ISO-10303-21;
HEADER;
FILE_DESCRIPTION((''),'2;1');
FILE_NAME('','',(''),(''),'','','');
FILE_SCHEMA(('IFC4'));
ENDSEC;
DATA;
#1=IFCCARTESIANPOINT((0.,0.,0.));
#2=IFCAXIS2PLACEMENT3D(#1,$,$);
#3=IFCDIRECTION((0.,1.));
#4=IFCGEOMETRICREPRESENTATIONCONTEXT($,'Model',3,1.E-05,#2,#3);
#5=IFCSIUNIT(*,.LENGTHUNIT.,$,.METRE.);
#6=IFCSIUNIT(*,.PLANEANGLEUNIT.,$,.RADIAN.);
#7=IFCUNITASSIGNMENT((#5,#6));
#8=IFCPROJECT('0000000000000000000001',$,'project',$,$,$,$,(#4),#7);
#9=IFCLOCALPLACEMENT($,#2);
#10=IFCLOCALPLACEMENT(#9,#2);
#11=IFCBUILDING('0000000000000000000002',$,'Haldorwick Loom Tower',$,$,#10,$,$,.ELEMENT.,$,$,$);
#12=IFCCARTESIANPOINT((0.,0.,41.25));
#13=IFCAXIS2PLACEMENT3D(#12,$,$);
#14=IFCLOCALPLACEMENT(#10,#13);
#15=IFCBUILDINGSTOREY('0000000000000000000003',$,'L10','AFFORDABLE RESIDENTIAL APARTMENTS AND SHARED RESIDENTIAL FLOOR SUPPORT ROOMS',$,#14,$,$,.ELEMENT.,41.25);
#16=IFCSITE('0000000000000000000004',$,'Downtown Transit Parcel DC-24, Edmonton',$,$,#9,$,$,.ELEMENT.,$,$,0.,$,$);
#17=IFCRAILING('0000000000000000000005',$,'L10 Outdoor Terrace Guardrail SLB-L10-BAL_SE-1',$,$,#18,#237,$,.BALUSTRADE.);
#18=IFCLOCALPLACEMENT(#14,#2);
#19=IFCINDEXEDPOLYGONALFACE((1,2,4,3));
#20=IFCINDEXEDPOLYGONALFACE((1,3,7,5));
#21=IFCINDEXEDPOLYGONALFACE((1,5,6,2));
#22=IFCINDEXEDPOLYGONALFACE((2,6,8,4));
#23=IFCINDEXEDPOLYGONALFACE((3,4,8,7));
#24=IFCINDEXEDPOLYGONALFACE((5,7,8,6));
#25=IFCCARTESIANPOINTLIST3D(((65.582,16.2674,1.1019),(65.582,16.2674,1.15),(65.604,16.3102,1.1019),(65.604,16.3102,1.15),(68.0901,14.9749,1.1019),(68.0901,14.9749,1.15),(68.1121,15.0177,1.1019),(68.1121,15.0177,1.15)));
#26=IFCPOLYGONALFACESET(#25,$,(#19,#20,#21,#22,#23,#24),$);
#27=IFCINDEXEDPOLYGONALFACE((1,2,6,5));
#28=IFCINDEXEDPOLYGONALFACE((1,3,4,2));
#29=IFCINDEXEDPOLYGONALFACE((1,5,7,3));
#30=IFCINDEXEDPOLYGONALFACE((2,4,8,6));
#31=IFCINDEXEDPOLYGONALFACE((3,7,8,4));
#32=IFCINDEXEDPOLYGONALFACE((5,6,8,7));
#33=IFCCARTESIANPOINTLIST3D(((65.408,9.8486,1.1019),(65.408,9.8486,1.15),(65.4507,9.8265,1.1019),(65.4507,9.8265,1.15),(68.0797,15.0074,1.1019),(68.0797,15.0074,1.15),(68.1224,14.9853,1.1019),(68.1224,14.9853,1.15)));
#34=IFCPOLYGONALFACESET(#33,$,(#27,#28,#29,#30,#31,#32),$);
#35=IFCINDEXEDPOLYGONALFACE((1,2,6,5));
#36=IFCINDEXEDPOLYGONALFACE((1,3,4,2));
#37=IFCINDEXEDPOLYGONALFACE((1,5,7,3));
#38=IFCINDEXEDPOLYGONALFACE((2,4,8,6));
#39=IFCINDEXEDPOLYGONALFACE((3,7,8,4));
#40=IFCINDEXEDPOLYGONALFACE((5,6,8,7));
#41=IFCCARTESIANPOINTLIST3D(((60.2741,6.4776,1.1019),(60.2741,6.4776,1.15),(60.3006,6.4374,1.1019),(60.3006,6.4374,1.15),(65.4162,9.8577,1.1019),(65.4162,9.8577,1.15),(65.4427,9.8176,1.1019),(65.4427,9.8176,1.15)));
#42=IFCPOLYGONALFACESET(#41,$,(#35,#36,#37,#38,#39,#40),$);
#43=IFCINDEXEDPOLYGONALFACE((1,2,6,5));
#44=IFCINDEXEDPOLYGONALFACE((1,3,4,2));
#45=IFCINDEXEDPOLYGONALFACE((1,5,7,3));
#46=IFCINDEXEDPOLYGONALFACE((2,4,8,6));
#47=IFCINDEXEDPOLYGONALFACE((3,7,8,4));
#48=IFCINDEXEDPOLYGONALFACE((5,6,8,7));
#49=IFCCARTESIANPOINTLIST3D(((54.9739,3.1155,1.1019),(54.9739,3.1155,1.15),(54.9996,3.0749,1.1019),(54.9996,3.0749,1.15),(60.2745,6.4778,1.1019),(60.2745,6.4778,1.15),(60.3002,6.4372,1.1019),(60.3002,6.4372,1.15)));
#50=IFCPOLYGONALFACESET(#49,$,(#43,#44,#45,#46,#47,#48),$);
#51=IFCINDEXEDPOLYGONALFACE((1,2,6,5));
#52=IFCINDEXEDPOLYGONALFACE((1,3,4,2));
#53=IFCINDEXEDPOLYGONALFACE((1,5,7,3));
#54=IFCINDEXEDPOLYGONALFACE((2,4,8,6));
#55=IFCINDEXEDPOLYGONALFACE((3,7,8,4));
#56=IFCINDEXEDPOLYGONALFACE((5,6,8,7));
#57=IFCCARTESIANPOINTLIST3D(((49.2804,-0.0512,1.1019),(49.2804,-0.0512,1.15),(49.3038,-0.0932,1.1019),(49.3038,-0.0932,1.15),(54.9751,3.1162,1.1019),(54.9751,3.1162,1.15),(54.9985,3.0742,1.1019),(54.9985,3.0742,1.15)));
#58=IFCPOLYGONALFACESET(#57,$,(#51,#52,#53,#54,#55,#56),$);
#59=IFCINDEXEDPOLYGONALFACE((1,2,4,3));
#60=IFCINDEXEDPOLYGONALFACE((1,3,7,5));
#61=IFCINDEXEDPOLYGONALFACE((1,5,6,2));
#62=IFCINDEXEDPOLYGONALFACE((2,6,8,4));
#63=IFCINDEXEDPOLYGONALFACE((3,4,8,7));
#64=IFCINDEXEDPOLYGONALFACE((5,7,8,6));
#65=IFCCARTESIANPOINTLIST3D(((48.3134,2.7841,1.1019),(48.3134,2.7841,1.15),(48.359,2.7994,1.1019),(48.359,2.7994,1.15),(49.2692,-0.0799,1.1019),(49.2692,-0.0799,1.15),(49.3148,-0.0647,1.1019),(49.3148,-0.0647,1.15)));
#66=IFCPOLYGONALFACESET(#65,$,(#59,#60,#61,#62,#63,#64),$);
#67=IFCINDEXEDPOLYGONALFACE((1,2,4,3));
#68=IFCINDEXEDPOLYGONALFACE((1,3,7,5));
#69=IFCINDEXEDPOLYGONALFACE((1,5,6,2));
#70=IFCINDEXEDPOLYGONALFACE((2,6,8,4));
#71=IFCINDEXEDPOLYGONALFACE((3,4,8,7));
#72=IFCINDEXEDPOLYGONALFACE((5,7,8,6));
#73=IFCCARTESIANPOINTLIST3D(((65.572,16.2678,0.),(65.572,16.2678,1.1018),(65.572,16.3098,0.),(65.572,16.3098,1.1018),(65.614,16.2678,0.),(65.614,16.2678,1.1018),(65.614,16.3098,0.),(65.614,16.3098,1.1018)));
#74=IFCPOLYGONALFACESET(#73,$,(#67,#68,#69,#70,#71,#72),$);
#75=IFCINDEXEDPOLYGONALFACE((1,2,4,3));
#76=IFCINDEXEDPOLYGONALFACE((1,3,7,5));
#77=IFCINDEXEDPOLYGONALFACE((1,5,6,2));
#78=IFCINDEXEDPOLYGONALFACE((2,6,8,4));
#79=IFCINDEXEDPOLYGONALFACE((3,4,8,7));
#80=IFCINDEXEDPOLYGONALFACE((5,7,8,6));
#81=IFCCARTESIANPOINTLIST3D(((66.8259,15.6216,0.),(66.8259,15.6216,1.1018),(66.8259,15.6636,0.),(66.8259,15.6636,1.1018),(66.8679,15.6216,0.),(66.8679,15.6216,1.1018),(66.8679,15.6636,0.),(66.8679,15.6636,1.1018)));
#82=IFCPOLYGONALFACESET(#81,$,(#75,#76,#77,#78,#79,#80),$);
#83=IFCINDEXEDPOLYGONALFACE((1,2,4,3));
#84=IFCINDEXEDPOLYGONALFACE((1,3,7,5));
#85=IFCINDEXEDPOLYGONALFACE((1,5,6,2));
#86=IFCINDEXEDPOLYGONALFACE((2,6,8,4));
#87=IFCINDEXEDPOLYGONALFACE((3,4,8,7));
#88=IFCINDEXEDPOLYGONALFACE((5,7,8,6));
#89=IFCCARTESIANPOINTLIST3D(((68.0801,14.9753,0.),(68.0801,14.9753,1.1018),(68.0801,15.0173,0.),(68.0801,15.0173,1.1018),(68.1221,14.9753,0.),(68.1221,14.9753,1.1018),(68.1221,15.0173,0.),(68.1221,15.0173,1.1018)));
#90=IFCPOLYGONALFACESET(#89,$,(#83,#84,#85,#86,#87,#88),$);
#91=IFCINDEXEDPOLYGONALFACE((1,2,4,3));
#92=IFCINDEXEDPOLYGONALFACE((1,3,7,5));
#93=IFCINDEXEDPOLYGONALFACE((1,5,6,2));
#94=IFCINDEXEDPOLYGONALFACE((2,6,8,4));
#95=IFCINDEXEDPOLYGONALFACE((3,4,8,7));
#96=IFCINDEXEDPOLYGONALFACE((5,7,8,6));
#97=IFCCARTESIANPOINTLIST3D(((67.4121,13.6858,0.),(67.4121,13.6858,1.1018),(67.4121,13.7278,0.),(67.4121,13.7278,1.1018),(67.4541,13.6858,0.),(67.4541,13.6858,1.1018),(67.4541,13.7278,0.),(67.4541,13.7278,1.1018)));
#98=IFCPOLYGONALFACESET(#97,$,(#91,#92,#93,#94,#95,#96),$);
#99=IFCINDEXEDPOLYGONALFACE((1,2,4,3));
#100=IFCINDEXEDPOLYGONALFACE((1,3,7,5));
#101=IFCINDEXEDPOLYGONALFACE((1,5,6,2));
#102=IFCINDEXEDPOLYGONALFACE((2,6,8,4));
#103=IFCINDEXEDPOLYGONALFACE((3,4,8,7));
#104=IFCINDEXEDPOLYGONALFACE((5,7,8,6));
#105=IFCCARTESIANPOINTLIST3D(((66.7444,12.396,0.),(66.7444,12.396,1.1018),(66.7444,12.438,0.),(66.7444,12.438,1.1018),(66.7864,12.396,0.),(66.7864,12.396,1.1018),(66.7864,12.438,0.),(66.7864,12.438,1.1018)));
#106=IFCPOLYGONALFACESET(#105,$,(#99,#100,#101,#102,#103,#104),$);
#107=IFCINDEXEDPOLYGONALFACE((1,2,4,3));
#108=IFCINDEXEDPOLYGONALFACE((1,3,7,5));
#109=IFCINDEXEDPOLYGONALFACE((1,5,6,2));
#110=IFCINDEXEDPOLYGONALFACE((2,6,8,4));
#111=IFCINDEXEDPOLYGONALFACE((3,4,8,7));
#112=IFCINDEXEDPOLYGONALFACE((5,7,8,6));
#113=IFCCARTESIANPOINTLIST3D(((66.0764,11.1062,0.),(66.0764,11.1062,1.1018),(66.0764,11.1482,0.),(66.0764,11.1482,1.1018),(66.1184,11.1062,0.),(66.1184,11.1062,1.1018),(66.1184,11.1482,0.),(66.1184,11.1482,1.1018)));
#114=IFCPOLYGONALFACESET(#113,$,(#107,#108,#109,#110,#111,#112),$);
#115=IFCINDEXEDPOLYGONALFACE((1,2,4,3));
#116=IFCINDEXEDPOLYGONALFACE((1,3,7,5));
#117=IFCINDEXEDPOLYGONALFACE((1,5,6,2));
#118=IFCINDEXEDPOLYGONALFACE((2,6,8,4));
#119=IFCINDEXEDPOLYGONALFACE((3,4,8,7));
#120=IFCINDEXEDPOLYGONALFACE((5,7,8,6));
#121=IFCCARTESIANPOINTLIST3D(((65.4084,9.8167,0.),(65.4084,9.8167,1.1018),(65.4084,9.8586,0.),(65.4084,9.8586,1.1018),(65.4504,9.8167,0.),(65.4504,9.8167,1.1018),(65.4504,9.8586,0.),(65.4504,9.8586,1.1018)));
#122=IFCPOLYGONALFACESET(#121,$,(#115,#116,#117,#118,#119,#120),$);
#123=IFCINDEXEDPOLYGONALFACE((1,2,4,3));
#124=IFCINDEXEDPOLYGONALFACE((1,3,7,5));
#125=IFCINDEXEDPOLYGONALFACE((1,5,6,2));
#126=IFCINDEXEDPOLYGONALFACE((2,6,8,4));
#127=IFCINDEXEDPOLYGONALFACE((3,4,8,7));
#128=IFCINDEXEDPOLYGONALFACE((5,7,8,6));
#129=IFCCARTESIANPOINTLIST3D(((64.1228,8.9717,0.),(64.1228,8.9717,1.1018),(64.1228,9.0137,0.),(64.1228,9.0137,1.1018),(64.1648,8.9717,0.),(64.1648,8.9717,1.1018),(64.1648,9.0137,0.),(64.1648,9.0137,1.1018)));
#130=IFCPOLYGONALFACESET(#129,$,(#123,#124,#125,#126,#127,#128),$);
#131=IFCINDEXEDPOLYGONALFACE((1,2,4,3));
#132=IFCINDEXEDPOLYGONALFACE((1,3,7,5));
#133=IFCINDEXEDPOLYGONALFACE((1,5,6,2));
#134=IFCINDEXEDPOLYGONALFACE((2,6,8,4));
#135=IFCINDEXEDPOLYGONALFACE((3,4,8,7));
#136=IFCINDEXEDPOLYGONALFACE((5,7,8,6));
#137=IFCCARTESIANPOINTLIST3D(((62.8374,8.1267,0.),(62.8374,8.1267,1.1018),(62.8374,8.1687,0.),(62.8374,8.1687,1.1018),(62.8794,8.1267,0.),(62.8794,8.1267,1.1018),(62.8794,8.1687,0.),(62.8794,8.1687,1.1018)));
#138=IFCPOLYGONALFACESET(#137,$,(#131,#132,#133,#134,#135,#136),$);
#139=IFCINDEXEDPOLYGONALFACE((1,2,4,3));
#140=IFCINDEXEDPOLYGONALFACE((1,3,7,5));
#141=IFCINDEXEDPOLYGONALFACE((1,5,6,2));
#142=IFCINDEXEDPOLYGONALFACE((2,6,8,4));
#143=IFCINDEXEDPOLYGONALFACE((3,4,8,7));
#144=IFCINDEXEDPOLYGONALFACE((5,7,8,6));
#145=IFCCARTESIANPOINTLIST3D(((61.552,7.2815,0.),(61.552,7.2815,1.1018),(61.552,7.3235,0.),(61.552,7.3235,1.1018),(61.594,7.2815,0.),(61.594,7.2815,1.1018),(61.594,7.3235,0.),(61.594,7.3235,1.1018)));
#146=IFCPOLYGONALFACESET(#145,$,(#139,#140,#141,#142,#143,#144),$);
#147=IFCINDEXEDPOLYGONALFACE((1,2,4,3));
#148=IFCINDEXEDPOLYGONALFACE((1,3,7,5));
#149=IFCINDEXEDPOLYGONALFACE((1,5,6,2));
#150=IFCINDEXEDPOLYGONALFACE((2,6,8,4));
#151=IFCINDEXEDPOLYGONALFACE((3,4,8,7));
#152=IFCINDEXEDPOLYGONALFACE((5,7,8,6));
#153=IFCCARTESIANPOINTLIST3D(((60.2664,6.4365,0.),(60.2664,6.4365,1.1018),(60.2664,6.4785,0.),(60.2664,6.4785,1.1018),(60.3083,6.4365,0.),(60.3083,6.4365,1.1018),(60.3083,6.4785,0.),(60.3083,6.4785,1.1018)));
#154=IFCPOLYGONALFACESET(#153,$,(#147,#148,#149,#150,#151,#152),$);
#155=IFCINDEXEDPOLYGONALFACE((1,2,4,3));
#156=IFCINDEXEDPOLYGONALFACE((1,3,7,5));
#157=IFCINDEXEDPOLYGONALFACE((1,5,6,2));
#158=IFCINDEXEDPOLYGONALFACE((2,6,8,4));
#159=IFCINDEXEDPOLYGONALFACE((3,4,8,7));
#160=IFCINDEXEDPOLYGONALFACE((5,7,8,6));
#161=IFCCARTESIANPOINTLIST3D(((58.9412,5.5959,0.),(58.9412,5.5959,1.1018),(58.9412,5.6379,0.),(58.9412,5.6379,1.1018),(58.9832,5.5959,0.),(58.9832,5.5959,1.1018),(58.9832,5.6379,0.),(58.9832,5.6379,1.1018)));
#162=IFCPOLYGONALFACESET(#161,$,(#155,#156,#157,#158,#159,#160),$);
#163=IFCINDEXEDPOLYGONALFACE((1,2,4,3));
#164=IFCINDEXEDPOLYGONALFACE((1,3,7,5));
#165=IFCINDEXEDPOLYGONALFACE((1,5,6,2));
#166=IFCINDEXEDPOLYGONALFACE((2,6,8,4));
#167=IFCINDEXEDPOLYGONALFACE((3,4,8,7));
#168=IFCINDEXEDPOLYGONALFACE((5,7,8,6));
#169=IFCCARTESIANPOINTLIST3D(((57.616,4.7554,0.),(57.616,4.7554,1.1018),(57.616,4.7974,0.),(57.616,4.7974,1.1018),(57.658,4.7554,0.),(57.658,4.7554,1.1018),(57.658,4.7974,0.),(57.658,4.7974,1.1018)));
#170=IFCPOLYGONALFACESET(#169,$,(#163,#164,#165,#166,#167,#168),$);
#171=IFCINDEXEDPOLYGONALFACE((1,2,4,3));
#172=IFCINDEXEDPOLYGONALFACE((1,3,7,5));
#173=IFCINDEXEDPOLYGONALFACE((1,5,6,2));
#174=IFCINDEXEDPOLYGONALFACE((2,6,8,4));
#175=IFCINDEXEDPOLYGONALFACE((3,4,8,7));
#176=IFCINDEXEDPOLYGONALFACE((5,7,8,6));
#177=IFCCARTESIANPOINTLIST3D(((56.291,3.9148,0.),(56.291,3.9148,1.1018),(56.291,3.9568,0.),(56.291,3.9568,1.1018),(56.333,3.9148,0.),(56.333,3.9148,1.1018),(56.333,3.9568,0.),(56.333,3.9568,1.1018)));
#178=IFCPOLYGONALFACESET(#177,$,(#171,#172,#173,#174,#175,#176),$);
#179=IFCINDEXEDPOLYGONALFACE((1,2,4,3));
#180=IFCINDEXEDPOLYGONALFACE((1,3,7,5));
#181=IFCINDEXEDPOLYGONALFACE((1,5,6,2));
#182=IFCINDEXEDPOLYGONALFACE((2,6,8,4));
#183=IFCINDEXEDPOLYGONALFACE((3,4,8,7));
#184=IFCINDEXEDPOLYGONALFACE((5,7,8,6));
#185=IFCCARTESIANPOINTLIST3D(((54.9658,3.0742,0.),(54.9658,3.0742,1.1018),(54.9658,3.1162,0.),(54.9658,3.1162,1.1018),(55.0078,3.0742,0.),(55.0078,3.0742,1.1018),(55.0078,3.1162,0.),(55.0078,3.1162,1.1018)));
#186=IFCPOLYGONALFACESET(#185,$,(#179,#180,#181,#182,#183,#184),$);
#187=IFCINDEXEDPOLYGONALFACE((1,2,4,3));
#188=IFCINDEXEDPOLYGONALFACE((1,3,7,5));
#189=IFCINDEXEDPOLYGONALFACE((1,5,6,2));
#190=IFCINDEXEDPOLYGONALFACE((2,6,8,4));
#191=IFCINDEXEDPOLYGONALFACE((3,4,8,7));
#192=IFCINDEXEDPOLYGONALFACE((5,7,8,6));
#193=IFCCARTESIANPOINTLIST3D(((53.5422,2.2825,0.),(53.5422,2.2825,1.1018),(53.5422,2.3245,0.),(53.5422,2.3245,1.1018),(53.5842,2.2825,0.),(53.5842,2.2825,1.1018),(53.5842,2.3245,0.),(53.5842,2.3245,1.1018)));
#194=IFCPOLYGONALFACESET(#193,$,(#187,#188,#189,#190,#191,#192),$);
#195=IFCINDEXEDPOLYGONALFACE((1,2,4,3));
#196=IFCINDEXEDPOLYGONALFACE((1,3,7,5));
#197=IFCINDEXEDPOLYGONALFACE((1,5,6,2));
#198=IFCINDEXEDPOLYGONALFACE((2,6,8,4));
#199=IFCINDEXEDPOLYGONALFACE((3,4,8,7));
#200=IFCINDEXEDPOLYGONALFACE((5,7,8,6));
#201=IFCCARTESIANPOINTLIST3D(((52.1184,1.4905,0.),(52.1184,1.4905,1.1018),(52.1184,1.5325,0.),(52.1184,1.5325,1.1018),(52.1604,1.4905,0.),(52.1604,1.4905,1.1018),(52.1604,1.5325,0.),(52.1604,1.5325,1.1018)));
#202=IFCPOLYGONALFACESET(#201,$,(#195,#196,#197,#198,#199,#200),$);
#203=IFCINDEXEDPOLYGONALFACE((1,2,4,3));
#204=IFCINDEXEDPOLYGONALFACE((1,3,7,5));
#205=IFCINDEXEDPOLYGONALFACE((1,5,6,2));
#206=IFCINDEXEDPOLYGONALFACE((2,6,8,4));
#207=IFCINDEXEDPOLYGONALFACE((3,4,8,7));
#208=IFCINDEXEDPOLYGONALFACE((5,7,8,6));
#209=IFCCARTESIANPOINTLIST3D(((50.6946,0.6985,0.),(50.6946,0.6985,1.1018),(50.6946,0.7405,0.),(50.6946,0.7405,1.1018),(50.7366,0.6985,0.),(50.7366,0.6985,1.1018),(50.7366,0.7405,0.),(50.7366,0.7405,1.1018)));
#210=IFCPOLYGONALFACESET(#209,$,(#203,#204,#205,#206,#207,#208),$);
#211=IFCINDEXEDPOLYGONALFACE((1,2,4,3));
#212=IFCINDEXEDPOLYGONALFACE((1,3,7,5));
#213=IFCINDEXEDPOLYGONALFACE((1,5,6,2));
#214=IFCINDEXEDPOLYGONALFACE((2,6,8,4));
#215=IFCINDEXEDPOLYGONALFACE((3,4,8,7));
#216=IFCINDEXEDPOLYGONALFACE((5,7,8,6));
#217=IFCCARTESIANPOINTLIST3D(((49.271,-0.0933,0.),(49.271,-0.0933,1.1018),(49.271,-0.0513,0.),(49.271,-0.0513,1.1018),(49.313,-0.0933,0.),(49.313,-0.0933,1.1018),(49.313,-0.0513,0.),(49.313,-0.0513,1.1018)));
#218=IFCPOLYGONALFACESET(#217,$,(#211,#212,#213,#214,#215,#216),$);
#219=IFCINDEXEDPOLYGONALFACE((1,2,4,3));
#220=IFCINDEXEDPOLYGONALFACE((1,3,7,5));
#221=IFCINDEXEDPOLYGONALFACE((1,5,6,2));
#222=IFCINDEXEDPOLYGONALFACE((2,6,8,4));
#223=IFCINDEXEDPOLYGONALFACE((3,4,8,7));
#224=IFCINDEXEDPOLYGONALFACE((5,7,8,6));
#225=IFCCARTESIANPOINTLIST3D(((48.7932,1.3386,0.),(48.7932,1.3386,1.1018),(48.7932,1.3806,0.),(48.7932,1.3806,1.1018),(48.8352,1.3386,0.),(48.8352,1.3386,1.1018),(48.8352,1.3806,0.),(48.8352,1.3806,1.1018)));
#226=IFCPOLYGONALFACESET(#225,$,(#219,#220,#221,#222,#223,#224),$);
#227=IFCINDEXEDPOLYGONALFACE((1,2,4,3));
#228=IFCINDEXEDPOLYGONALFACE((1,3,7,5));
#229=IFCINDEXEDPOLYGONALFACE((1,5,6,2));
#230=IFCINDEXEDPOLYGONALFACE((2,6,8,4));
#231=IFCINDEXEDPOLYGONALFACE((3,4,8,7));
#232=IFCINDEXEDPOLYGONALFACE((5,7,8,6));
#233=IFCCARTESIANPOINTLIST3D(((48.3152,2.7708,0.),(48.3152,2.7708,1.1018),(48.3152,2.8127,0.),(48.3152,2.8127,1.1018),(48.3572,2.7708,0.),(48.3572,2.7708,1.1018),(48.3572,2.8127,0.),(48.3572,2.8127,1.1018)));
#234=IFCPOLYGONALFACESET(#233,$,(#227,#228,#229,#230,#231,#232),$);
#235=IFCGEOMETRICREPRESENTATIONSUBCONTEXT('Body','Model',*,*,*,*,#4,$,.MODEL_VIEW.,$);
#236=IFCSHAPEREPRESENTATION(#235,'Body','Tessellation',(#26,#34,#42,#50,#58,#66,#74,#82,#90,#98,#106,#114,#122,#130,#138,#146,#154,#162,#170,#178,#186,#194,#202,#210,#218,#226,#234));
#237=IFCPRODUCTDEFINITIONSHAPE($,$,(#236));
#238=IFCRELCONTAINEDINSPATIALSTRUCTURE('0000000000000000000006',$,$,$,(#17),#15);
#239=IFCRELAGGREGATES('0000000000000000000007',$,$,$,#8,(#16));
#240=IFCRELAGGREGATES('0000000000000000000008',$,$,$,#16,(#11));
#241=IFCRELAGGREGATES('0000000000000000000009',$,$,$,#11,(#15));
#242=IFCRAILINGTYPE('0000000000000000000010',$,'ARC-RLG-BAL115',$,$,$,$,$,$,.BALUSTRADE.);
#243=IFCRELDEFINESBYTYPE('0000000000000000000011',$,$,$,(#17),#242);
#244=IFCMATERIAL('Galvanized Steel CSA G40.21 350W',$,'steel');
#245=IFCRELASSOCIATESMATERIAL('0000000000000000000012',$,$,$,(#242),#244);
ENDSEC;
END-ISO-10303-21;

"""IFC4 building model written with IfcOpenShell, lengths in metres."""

from ifc_helpers import new_model, si_unit, direction, frame, origin, origin_2d, place, context, subcontext, project, spatial, rectangle, extrude, material, type_object, element, save


model = new_model("IFC4")

# Units and contexts
model_context = context("Model", 3, precision=1e-05, world=origin(), true_north=direction((0.0, 1.0)))
body_context = subcontext(model_context, "Body", "Model", "MODEL_VIEW")
ifc_project = project(units=[si_unit("LENGTHUNIT", "METRE"), si_unit("PLANEANGLEUNIT", "RADIAN")], contexts=[model_context])

# Site, building, storey
site_placement = place(None, origin())
site = spatial("IfcSite", under=ifc_project, at=site_placement, Name="Downtown Transit Parcel DC-24, Edmonton", CompositionType="ELEMENT", RefElevation=0.0)
building_placement = place(site_placement, origin())
building = spatial("IfcBuilding", under=site, at=building_placement, Name="Haldorwick Loom Tower", CompositionType="ELEMENT")
storey_placement = place(building_placement, frame((0.0, 0.0, 41.25)))
storey = spatial("IfcBuildingStorey", under=building, at=storey_placement, Name="L10", Description="AFFORDABLE RESIDENTIAL APARTMENTS AND SHARED RESIDENTIAL FLOOR SUPPORT ROOMS", CompositionType="ELEMENT", Elevation=41.25)

# Railing
ifc_material_1 = material(Name="Galvanized Steel CSA G40.21 350W", Category="steel")
railing_type = type_object("IfcRailingType", Name="ARC-RLG-BAL115", PredefinedType="BALUSTRADE", material=ifc_material_1)
railing_placement = place(storey_placement, frame((65.593, 16.2888, 0.0)))
element("IfcRailing", 1, at=railing_placement, inside=storey, type_object=railing_type, Name="L10 Outdoor Terrace Guardrail SLB-L10-BAL_SE-1", PredefinedType="BALUSTRADE", context=body_context, shape_type="SweptSolid", body=[
    extrude(rectangle(XDim=0.0481, YDim=0.0481, at=origin_2d()), frame((0.0, 0.0, 1.126), z_axis=(0.888909, -0.458083, 0.0), x_axis=(0.458083, 0.888909, 0.0)), (0.0, 0.0, 1.0), 2.8215),
    extrude(rectangle(XDim=0.0481, YDim=0.0481, at=origin_2d()), frame((2.5081, -1.2925, 1.126), z_axis=(-0.459877, -0.887983, 0.0), x_axis=(0.887983, -0.459877, 0.0)), (0.0, 0.0, 1.0), 5.8096),
    extrude(rectangle(XDim=0.0481, YDim=0.0481, at=origin_2d()), frame((-0.1636, -6.4512, 1.126), z_axis=(-0.835628, -0.549296, 0.0), x_axis=(0.549296, -0.835628, 0.0)), (0.0, 0.0, 1.0), 6.1536),
    extrude(rectangle(XDim=0.0481, YDim=0.0481, at=origin_2d()), frame((-5.3057, -9.8313, 1.126), z_axis=(-0.844437, -0.535654, 0.0), x_axis=(0.535654, -0.844437, 0.0)), (0.0, 0.0, 1.0), 6.2771),
    extrude(rectangle(XDim=0.0481, YDim=0.0481, at=origin_2d()), frame((-10.6062, -13.1936, 1.126), z_axis=(-0.873917, -0.486075, 0.0), x_axis=(0.486075, -0.873917, 0.0)), (0.0, 0.0, 1.0), 6.5164),
    extrude(rectangle(XDim=0.0481, YDim=0.0481, at=origin_2d()), frame((-16.301, -16.3611, 1.126), z_axis=(-0.316567, 0.94857, 0.0), x_axis=(-0.94857, -0.316567, 0.0)), (0.0, 0.0, 1.0), 3.0193),
    extrude(rectangle(XDim=0.042, YDim=0.042, at=origin_2d()), origin(), (0.0, 0.0, 1.0), 1.1018),
    extrude(rectangle(XDim=0.042, YDim=0.042, at=origin_2d()), frame((1.2539, -0.6462, 0.0)), (0.0, 0.0, 1.0), 1.1018),
    extrude(rectangle(XDim=0.042, YDim=0.042, at=origin_2d()), frame((2.5081, -1.2925, 0.0)), (0.0, 0.0, 1.0), 1.1018),
    extrude(rectangle(XDim=0.042, YDim=0.042, at=origin_2d()), frame((1.8401, -2.582, 0.0)), (0.0, 0.0, 1.0), 1.1018),
    extrude(rectangle(XDim=0.042, YDim=0.042, at=origin_2d()), frame((1.1724, -3.8718, 0.0)), (0.0, 0.0, 1.0), 1.1018),
    extrude(rectangle(XDim=0.042, YDim=0.042, at=origin_2d()), frame((0.5044, -5.1616, 0.0)), (0.0, 0.0, 1.0), 1.1018),
    extrude(rectangle(XDim=0.042, YDim=0.042, at=origin_2d()), frame((-0.1636, -6.4512, 0.0)), (0.0, 0.0, 1.0), 1.1018),
    extrude(rectangle(XDim=0.042, YDim=0.042, at=origin_2d()), frame((-1.4492, -7.2961, 0.0)), (0.0, 0.0, 1.0), 1.1018),
    extrude(rectangle(XDim=0.042, YDim=0.042, at=origin_2d()), frame((-2.7346, -8.1411, 0.0)), (0.0, 0.0, 1.0), 1.1018),
    extrude(rectangle(XDim=0.042, YDim=0.042, at=origin_2d()), frame((-4.02, -8.9863, 0.0)), (0.0, 0.0, 1.0), 1.1018),
    extrude(rectangle(XDim=0.042, YDim=0.042, at=origin_2d()), frame((-5.3057, -9.8313, 0.0)), (0.0, 0.0, 1.0), 1.1018),
    extrude(rectangle(XDim=0.042, YDim=0.042, at=origin_2d()), frame((-6.6309, -10.6719, 0.0)), (0.0, 0.0, 1.0), 1.1018),
    extrude(rectangle(XDim=0.042, YDim=0.042, at=origin_2d()), frame((-7.9561, -11.5125, 0.0)), (0.0, 0.0, 1.0), 1.1018),
    extrude(rectangle(XDim=0.042, YDim=0.042, at=origin_2d()), frame((-9.281, -12.353, 0.0)), (0.0, 0.0, 1.0), 1.1018),
    extrude(rectangle(XDim=0.042, YDim=0.042, at=origin_2d()), frame((-10.6062, -13.1936, 0.0)), (0.0, 0.0, 1.0), 1.1018),
    extrude(rectangle(XDim=0.042, YDim=0.042, at=origin_2d()), frame((-12.0298, -13.9854, 0.0)), (0.0, 0.0, 1.0), 1.1018),
    extrude(rectangle(XDim=0.042, YDim=0.042, at=origin_2d()), frame((-13.4536, -14.7773, 0.0)), (0.0, 0.0, 1.0), 1.1018),
    extrude(rectangle(XDim=0.042, YDim=0.042, at=origin_2d()), frame((-14.8774, -15.5693, 0.0)), (0.0, 0.0, 1.0), 1.1018),
    extrude(rectangle(XDim=0.042, YDim=0.042, at=origin_2d()), frame((-16.301, -16.3611, 0.0)), (0.0, 0.0, 1.0), 1.1018),
    extrude(rectangle(XDim=0.042, YDim=0.042, at=origin_2d()), frame((-16.7788, -14.9292, 0.0)), (0.0, 0.0, 1.0), 1.1018),
    extrude(rectangle(XDim=0.042, YDim=0.042, at=origin_2d()), frame((-17.2568, -13.4971, 0.0)), (0.0, 0.0, 1.0), 1.1018),
])

save(model, "model.ifc")
